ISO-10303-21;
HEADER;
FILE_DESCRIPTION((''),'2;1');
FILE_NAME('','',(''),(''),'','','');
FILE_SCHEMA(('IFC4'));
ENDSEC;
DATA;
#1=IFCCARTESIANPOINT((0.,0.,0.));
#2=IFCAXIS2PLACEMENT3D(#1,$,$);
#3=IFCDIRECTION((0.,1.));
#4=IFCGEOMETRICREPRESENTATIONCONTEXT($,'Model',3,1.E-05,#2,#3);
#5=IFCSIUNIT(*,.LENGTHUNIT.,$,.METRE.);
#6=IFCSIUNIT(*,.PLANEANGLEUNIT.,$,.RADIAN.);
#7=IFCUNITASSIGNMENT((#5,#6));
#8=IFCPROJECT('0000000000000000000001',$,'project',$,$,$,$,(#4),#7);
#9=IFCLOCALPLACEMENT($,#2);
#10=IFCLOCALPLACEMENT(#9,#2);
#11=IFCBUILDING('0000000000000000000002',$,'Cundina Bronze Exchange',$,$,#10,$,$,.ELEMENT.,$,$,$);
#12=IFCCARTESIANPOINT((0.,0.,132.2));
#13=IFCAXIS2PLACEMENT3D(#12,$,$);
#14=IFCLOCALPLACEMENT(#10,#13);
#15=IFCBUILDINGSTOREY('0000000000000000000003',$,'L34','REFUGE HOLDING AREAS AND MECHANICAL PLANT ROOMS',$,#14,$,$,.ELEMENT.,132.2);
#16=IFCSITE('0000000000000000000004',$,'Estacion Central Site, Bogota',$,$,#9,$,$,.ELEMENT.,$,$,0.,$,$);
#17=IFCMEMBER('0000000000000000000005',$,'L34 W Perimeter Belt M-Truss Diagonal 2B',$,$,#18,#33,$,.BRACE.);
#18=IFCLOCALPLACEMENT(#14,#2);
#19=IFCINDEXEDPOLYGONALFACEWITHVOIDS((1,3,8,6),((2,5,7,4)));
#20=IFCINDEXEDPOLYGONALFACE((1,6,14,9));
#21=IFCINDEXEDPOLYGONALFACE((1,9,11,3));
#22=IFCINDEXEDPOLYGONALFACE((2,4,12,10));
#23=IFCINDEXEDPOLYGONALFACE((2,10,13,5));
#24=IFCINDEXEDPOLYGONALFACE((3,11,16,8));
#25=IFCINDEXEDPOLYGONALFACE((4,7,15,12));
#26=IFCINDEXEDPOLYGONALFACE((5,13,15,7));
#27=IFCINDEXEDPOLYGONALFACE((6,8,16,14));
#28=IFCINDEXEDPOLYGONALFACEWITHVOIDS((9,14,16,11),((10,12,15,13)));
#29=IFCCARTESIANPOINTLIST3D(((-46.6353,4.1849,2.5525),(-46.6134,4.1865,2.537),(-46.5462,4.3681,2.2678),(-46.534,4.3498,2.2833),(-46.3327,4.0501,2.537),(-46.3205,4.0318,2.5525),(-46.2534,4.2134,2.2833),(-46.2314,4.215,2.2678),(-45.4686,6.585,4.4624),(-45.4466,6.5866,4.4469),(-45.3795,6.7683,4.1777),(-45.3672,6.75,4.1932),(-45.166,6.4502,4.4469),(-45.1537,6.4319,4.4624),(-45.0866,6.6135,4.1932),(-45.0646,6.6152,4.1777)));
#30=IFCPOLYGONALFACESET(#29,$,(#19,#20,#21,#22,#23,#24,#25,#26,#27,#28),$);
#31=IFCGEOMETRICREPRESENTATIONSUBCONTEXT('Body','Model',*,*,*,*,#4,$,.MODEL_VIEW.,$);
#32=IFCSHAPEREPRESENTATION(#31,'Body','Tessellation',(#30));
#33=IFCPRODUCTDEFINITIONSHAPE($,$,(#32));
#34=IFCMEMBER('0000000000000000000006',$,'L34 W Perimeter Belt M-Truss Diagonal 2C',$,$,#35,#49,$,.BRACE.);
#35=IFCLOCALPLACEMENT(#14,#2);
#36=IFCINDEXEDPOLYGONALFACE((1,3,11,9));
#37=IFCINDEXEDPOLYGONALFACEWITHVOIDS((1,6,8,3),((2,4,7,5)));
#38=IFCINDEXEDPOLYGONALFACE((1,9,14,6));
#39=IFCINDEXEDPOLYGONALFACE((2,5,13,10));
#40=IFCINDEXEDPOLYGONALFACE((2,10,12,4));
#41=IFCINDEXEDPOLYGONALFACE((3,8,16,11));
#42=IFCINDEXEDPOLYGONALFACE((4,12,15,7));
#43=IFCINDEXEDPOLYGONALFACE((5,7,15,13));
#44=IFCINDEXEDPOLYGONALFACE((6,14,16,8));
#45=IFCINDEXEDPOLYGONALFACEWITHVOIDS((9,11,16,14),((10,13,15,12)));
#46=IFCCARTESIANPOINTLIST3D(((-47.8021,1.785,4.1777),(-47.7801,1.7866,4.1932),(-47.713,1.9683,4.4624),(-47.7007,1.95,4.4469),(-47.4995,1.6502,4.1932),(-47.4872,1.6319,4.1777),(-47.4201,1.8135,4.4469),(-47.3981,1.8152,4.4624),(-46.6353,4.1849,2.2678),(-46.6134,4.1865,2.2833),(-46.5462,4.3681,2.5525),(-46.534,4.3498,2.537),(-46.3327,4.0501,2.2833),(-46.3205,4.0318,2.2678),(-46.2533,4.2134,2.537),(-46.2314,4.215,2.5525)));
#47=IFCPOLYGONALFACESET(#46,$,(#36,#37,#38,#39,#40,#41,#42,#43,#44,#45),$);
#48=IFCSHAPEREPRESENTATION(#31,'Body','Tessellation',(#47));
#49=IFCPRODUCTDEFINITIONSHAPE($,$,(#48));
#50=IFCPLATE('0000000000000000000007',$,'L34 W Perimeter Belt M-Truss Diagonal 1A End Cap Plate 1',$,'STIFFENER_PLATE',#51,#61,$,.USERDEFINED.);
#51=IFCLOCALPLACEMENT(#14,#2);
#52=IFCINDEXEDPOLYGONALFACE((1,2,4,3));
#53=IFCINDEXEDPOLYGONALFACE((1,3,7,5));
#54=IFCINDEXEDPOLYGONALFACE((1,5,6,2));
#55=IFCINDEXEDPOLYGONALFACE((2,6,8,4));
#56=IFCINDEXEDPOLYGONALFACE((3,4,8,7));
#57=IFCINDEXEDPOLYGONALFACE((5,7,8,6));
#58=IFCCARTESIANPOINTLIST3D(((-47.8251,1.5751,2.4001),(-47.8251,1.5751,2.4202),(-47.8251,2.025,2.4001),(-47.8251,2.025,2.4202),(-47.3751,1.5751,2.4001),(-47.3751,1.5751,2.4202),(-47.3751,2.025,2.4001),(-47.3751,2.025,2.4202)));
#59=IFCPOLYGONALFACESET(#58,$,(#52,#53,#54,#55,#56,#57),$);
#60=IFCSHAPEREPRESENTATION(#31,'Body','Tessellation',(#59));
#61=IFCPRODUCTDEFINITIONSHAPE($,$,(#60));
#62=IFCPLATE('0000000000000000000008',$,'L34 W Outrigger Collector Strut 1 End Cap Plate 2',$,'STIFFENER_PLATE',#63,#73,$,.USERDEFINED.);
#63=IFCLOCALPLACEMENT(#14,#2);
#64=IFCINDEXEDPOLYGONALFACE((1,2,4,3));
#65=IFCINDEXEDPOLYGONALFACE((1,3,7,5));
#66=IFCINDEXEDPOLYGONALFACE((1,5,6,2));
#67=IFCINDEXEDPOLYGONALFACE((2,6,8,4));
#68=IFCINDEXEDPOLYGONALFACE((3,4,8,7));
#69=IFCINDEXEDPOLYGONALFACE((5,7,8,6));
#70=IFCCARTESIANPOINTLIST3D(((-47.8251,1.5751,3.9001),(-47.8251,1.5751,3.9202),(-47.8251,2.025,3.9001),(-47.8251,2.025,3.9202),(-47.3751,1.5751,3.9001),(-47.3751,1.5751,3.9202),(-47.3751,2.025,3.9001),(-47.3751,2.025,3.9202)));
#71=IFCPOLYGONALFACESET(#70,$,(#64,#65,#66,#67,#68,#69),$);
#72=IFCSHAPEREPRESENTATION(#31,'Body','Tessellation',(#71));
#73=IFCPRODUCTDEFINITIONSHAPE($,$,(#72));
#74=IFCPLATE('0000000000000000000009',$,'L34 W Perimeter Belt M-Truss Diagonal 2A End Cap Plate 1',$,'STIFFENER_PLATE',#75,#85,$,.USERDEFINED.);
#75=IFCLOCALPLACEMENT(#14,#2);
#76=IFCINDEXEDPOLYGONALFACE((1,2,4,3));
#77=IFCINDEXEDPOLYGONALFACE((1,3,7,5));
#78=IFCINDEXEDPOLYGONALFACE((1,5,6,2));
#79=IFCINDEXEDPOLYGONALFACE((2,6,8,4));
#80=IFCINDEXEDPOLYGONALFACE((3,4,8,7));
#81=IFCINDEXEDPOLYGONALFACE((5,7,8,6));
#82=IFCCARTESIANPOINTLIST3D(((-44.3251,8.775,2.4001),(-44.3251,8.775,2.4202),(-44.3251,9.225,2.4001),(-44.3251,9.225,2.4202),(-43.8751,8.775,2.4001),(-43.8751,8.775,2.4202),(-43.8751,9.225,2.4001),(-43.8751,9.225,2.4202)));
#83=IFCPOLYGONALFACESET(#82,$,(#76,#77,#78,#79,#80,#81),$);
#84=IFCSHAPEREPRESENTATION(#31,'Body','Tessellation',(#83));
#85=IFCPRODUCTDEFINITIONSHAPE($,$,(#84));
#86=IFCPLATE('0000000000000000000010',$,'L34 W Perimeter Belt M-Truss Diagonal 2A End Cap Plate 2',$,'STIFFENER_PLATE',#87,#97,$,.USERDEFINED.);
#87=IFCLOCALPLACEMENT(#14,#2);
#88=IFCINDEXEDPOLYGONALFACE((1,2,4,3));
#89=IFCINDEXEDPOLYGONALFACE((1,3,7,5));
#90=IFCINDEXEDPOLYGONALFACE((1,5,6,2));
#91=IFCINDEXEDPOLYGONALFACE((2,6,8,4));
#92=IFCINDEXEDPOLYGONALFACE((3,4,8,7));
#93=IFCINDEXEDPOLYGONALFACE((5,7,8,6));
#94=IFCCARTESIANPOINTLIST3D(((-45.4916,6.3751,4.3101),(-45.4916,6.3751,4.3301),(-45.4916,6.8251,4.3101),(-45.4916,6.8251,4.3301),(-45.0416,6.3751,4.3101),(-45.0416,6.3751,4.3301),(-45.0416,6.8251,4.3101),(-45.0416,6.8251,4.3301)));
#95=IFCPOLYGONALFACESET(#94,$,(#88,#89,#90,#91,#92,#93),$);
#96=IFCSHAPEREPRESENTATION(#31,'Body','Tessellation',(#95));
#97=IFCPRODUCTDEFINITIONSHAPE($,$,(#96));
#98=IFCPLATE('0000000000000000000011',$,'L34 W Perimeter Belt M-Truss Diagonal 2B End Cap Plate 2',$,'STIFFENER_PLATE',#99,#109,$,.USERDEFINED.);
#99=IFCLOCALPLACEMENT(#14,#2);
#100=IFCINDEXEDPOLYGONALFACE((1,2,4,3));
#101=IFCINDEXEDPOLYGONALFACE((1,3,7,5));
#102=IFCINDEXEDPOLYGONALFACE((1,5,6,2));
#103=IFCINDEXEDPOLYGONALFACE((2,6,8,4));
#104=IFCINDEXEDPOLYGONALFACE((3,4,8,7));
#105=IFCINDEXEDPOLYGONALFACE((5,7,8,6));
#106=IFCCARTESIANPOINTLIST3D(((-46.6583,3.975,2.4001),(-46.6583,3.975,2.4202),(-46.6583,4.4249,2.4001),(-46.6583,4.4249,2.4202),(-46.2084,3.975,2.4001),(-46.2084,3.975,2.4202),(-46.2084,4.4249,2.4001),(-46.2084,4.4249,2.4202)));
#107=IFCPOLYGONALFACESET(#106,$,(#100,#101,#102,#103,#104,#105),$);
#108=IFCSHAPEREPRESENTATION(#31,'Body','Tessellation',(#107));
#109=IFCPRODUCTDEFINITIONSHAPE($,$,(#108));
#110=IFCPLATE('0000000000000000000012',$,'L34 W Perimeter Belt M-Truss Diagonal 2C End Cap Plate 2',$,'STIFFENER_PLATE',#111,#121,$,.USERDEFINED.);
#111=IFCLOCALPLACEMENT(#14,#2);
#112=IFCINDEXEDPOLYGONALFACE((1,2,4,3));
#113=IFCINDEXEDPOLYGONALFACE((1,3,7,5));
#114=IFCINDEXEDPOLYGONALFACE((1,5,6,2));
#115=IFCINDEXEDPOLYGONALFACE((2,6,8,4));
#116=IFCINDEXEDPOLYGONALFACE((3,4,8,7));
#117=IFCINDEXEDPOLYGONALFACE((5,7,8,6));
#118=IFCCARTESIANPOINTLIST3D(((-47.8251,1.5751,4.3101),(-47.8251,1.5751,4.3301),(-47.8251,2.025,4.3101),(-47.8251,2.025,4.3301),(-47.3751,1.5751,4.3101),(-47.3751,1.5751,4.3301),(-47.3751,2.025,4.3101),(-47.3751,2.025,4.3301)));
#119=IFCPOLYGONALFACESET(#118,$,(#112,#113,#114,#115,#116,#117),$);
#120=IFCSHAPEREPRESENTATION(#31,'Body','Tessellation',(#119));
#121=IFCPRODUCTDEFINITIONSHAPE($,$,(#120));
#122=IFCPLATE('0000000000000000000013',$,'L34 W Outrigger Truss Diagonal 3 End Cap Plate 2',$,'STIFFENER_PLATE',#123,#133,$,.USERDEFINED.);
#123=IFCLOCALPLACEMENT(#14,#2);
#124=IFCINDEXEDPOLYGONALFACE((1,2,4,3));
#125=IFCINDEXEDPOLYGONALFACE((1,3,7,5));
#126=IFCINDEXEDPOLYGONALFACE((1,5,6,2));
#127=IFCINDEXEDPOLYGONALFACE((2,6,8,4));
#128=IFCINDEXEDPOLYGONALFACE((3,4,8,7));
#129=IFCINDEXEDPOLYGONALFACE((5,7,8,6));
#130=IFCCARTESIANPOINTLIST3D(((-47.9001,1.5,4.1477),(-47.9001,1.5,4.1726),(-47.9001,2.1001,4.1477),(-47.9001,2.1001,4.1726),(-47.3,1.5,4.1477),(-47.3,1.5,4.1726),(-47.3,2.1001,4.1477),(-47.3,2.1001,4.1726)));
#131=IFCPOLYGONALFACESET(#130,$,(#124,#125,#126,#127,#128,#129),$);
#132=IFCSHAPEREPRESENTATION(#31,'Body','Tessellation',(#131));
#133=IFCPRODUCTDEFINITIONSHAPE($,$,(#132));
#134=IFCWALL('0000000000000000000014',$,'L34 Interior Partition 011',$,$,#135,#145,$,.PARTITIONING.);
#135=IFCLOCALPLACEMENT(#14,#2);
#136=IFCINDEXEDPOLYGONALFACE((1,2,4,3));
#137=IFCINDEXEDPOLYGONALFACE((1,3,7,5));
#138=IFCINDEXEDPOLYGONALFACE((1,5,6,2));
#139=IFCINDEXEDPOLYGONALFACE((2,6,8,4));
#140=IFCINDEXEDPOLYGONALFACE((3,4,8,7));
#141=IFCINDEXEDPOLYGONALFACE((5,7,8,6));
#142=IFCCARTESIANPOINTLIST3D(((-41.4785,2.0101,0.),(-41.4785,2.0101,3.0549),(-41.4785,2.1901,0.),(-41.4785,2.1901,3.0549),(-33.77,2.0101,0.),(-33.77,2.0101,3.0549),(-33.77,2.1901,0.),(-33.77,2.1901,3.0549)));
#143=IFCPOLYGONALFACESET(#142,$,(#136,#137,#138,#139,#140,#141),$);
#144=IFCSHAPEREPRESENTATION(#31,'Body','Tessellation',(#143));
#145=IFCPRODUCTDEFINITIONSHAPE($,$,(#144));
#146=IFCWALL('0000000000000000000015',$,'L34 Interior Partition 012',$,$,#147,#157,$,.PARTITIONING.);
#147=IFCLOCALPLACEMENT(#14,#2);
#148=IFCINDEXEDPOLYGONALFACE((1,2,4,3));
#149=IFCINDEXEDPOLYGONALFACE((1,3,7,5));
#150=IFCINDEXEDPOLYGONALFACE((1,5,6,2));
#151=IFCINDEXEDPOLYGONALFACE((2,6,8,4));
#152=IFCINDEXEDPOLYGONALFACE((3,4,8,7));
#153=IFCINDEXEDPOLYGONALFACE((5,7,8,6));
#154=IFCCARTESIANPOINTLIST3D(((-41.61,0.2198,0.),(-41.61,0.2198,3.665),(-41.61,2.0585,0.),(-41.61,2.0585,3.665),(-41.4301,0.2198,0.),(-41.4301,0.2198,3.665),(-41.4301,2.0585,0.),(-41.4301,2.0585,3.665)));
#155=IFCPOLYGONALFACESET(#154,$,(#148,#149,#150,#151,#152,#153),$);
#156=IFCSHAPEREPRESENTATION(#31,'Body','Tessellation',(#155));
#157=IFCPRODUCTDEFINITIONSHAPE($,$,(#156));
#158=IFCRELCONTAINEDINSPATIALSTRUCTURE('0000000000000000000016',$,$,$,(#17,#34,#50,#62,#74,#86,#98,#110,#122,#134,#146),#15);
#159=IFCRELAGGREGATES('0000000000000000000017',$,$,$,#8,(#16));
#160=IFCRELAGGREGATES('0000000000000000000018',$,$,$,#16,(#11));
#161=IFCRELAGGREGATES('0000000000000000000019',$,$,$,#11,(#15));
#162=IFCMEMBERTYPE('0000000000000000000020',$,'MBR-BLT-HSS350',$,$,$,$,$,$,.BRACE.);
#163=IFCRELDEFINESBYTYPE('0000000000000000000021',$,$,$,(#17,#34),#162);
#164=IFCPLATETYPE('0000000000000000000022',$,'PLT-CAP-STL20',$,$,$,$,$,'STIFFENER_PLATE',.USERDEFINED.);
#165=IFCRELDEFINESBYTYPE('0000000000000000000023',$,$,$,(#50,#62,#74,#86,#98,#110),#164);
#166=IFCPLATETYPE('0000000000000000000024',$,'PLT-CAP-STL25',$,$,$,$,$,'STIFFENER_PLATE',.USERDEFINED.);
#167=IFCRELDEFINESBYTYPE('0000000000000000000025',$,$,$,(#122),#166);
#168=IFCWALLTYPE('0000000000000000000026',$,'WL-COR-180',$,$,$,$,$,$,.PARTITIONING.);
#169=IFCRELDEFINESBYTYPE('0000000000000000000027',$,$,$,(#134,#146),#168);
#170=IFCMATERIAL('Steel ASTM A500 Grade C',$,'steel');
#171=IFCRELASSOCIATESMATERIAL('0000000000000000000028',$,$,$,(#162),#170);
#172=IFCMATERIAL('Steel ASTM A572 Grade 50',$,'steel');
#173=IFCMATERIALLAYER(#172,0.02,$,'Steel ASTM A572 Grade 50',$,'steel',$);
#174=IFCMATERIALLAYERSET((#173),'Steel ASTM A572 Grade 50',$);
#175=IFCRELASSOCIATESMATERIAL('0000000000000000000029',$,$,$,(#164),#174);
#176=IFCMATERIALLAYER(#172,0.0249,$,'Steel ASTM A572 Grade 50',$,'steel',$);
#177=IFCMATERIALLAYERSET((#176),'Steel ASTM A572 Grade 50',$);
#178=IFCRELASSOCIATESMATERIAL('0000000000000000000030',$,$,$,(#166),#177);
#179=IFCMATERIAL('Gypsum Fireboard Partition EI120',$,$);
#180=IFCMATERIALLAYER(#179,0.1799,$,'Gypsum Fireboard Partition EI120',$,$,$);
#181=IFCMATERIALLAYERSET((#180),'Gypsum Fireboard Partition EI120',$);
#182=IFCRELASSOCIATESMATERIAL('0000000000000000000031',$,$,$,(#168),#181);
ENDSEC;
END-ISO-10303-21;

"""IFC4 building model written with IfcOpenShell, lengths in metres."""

from ifc_helpers import new_model, si_unit, direction, frame, frame_2d, origin, origin_2d, place, context, subcontext, project, spatial, rectangle, hollow_rectangle, extrude, material, layer, layer_set, material_profile, profile_set, type_object, element, save


model = new_model("IFC4")

# Units and contexts
model_context = context("Model", 3, precision=1e-05, world=origin(), true_north=direction((0.0, 1.0)))
body_context = subcontext(model_context, "Body", "Model", "MODEL_VIEW")
ifc_project = project(units=[si_unit("LENGTHUNIT", "METRE"), si_unit("PLANEANGLEUNIT", "RADIAN")], contexts=[model_context])

# Site, building, storey
site_placement = place(None, origin())
site = spatial("IfcSite", under=ifc_project, at=site_placement, Name="Estacion Central Site, Bogota", CompositionType="ELEMENT", RefElevation=0.0)
building_placement = place(site_placement, origin())
building = spatial("IfcBuilding", under=site, at=building_placement, Name="Cundina Bronze Exchange", CompositionType="ELEMENT")
storey_placement = place(building_placement, frame((0.0, 0.0, 132.2)))
storey = spatial("IfcBuildingStorey", under=building, at=storey_placement, Name="L34", Description="REFUGE HOLDING AREAS AND MECHANICAL PLANT ROOMS", CompositionType="ELEMENT", Elevation=132.2)

# Members
ifc_material_1 = material(Name="Steel ASTM A500 Grade C", Category="steel")
ifc_material_profile_1 = material_profile(ifc_material_1, hollow_rectangle(XDim=0.3501, YDim=0.3501, WallThickness=0.019, at=origin_2d()), Name="HSS350X350X19", Category="steel")
ifc_profile_set_1 = profile_set([ifc_material_profile_1], Name="Steel ASTM A500 Grade C")
member_type = type_object("IfcMemberType", Name="MBR-BLT-HSS350", PredefinedType="BRACE", material=ifc_profile_set_1)
member_1_placement = place(storey_placement, frame((-45.2666, 6.6001, 4.3201), z_axis=(-0.355528, -0.731366, -0.581983), x_axis=(0.899366, -0.437196, 0.0)))
element("IfcMember", 1, at=member_1_placement, inside=storey, type_object=member_type, Name="L34 W Perimeter Belt M-Truss Diagonal 2B", PredefinedType="BRACE", context=body_context, shape_type="SweptSolid", body=[
    extrude(hollow_rectangle(XDim=0.3501, YDim=0.3501, WallThickness=0.019, at=origin_2d()), origin(), (0.0, 0.0, 1.0), 3.2817),
])
member_2_placement = place(storey_placement, frame((-46.4333, 4.2, 2.4102), z_axis=(-0.355547, -0.731331, 0.582015), x_axis=(0.899349, -0.437232, 0.0)))
element("IfcMember", 2, at=member_2_placement, inside=storey, type_object=member_type, Name="L34 W Perimeter Belt M-Truss Diagonal 2C", PredefinedType="BRACE", context=body_context, shape_type="SweptSolid", body=[
    extrude(hollow_rectangle(XDim=0.3501, YDim=0.3501, WallThickness=0.019, at=origin_2d()), origin(), (0.0, 0.0, 1.0), 3.2815),
])

# Plates
ifc_material_2 = material(Name="Steel ASTM A572 Grade 50", Category="steel")
ifc_layer_1 = layer(ifc_material_2, 0.02, Name="Steel ASTM A572 Grade 50", Category="steel")
ifc_layer_set_1 = layer_set([ifc_layer_1], Name="Steel ASTM A572 Grade 50")
plate_type_1 = type_object("IfcPlateType", Name="PLT-CAP-STL20", ElementType="STIFFENER_PLATE", PredefinedType="USERDEFINED", material=ifc_layer_set_1)
for number, where, z_axis, x_axis, name in (
    (3, (-47.6001, 1.8, 2.4001), (0.0, 0.0, 1.0), (1.0, 0.0, 0.0), "L34 W Perimeter Belt M-Truss Diagonal 1A End Cap Plate 1"),
    (4, (-47.6001, 1.8, 3.9001), (0.0, 0.0, 1.0), (1.0, 0.0, 0.0), "L34 W Outrigger Collector Strut 1 End Cap Plate 2"),
    (5, (-44.1001, 9.0, 2.4001), (0.0, 0.0, 1.0), (1.0, 0.0, 0.0), "L34 W Perimeter Belt M-Truss Diagonal 2A End Cap Plate 1"),
    (6, (-45.2666, 6.6001, 4.3101), (0.0, 0.0, 1.0), (1.0, 0.0, 0.0), "L34 W Perimeter Belt M-Truss Diagonal 2A End Cap Plate 2"),
    (7, (-46.4333, 4.2, 2.4001), (0.0, 0.0, 1.0), (1.0, 0.0, 0.0), "L34 W Perimeter Belt M-Truss Diagonal 2B End Cap Plate 2"),
    (8, (-47.6001, 1.8, 4.3101), (0.0, 0.0, 1.0), (1.0, 0.0, 0.0), "L34 W Perimeter Belt M-Truss Diagonal 2C End Cap Plate 2"),
):
    element("IfcPlate", number, at=place(storey_placement, frame(where, z_axis=z_axis, x_axis=x_axis)), inside=storey, type_object=plate_type_1, Name=name, ObjectType="STIFFENER_PLATE", PredefinedType="USERDEFINED", context=body_context, shape_type="SweptSolid", body=[
        extrude(rectangle(XDim=0.45, YDim=0.45, at=origin_2d()), origin(), (0.0, 0.0, 1.0), 0.02),
    ])
ifc_layer_2 = layer(ifc_material_2, 0.0249, Name="Steel ASTM A572 Grade 50", Category="steel")
ifc_layer_set_2 = layer_set([ifc_layer_2], Name="Steel ASTM A572 Grade 50")
plate_type_2 = type_object("IfcPlateType", Name="PLT-CAP-STL25", ElementType="STIFFENER_PLATE", PredefinedType="USERDEFINED", material=ifc_layer_set_2)
plate_placement = place(storey_placement, frame((-47.6001, 1.8, 4.1477), z_axis=(0.0, 0.0, 1.0), x_axis=(1.0, 0.0, 0.0)))
element("IfcPlate", 9, at=plate_placement, inside=storey, type_object=plate_type_2, Name="L34 W Outrigger Truss Diagonal 3 End Cap Plate 2", ObjectType="STIFFENER_PLATE", PredefinedType="USERDEFINED", context=body_context, shape_type="SweptSolid", body=[
    extrude(rectangle(XDim=0.6001, YDim=0.6001, at=origin_2d()), origin(), (0.0, 0.0, 1.0), 0.0249),
])

# Walls
ifc_material_3 = material(Name="Gypsum Fireboard Partition EI120")
ifc_layer_3 = layer(ifc_material_3, 0.1799, Name="Gypsum Fireboard Partition EI120")
ifc_layer_set_3 = layer_set([ifc_layer_3], Name="Gypsum Fireboard Partition EI120")
wall_type = type_object("IfcWallType", Name="WL-COR-180", PredefinedType="PARTITIONING", material=ifc_layer_set_3)
wall_1_placement = place(storey_placement, frame((-33.77, 2.1001, 0.0), z_axis=(0.0, 0.0, 1.0), x_axis=(-1.0, 0.0, 0.0)))
element("IfcWall", 10, at=wall_1_placement, inside=storey, type_object=wall_type, Name="L34 Interior Partition 011", PredefinedType="PARTITIONING", context=body_context, shape_type="SweptSolid", body=[
    extrude(rectangle(XDim=7.7085, YDim=0.1799, at=frame_2d((3.8542, 0.0))), origin(), (0.0, 0.0, 1.0), 3.0549),
])
wall_2_placement = place(storey_placement, frame((-41.52, 2.0586, 0.0), z_axis=(0.0, 0.0, 1.0), x_axis=(0.0, -1.0, 0.0)))
element("IfcWall", 11, at=wall_2_placement, inside=storey, type_object=wall_type, Name="L34 Interior Partition 012", PredefinedType="PARTITIONING", context=body_context, shape_type="SweptSolid", body=[
    extrude(rectangle(XDim=1.8386, YDim=0.1799, at=frame_2d((0.9194, 0.0))), origin(), (0.0, 0.0, 1.0), 3.665),
])

save(model, "model.ifc")
